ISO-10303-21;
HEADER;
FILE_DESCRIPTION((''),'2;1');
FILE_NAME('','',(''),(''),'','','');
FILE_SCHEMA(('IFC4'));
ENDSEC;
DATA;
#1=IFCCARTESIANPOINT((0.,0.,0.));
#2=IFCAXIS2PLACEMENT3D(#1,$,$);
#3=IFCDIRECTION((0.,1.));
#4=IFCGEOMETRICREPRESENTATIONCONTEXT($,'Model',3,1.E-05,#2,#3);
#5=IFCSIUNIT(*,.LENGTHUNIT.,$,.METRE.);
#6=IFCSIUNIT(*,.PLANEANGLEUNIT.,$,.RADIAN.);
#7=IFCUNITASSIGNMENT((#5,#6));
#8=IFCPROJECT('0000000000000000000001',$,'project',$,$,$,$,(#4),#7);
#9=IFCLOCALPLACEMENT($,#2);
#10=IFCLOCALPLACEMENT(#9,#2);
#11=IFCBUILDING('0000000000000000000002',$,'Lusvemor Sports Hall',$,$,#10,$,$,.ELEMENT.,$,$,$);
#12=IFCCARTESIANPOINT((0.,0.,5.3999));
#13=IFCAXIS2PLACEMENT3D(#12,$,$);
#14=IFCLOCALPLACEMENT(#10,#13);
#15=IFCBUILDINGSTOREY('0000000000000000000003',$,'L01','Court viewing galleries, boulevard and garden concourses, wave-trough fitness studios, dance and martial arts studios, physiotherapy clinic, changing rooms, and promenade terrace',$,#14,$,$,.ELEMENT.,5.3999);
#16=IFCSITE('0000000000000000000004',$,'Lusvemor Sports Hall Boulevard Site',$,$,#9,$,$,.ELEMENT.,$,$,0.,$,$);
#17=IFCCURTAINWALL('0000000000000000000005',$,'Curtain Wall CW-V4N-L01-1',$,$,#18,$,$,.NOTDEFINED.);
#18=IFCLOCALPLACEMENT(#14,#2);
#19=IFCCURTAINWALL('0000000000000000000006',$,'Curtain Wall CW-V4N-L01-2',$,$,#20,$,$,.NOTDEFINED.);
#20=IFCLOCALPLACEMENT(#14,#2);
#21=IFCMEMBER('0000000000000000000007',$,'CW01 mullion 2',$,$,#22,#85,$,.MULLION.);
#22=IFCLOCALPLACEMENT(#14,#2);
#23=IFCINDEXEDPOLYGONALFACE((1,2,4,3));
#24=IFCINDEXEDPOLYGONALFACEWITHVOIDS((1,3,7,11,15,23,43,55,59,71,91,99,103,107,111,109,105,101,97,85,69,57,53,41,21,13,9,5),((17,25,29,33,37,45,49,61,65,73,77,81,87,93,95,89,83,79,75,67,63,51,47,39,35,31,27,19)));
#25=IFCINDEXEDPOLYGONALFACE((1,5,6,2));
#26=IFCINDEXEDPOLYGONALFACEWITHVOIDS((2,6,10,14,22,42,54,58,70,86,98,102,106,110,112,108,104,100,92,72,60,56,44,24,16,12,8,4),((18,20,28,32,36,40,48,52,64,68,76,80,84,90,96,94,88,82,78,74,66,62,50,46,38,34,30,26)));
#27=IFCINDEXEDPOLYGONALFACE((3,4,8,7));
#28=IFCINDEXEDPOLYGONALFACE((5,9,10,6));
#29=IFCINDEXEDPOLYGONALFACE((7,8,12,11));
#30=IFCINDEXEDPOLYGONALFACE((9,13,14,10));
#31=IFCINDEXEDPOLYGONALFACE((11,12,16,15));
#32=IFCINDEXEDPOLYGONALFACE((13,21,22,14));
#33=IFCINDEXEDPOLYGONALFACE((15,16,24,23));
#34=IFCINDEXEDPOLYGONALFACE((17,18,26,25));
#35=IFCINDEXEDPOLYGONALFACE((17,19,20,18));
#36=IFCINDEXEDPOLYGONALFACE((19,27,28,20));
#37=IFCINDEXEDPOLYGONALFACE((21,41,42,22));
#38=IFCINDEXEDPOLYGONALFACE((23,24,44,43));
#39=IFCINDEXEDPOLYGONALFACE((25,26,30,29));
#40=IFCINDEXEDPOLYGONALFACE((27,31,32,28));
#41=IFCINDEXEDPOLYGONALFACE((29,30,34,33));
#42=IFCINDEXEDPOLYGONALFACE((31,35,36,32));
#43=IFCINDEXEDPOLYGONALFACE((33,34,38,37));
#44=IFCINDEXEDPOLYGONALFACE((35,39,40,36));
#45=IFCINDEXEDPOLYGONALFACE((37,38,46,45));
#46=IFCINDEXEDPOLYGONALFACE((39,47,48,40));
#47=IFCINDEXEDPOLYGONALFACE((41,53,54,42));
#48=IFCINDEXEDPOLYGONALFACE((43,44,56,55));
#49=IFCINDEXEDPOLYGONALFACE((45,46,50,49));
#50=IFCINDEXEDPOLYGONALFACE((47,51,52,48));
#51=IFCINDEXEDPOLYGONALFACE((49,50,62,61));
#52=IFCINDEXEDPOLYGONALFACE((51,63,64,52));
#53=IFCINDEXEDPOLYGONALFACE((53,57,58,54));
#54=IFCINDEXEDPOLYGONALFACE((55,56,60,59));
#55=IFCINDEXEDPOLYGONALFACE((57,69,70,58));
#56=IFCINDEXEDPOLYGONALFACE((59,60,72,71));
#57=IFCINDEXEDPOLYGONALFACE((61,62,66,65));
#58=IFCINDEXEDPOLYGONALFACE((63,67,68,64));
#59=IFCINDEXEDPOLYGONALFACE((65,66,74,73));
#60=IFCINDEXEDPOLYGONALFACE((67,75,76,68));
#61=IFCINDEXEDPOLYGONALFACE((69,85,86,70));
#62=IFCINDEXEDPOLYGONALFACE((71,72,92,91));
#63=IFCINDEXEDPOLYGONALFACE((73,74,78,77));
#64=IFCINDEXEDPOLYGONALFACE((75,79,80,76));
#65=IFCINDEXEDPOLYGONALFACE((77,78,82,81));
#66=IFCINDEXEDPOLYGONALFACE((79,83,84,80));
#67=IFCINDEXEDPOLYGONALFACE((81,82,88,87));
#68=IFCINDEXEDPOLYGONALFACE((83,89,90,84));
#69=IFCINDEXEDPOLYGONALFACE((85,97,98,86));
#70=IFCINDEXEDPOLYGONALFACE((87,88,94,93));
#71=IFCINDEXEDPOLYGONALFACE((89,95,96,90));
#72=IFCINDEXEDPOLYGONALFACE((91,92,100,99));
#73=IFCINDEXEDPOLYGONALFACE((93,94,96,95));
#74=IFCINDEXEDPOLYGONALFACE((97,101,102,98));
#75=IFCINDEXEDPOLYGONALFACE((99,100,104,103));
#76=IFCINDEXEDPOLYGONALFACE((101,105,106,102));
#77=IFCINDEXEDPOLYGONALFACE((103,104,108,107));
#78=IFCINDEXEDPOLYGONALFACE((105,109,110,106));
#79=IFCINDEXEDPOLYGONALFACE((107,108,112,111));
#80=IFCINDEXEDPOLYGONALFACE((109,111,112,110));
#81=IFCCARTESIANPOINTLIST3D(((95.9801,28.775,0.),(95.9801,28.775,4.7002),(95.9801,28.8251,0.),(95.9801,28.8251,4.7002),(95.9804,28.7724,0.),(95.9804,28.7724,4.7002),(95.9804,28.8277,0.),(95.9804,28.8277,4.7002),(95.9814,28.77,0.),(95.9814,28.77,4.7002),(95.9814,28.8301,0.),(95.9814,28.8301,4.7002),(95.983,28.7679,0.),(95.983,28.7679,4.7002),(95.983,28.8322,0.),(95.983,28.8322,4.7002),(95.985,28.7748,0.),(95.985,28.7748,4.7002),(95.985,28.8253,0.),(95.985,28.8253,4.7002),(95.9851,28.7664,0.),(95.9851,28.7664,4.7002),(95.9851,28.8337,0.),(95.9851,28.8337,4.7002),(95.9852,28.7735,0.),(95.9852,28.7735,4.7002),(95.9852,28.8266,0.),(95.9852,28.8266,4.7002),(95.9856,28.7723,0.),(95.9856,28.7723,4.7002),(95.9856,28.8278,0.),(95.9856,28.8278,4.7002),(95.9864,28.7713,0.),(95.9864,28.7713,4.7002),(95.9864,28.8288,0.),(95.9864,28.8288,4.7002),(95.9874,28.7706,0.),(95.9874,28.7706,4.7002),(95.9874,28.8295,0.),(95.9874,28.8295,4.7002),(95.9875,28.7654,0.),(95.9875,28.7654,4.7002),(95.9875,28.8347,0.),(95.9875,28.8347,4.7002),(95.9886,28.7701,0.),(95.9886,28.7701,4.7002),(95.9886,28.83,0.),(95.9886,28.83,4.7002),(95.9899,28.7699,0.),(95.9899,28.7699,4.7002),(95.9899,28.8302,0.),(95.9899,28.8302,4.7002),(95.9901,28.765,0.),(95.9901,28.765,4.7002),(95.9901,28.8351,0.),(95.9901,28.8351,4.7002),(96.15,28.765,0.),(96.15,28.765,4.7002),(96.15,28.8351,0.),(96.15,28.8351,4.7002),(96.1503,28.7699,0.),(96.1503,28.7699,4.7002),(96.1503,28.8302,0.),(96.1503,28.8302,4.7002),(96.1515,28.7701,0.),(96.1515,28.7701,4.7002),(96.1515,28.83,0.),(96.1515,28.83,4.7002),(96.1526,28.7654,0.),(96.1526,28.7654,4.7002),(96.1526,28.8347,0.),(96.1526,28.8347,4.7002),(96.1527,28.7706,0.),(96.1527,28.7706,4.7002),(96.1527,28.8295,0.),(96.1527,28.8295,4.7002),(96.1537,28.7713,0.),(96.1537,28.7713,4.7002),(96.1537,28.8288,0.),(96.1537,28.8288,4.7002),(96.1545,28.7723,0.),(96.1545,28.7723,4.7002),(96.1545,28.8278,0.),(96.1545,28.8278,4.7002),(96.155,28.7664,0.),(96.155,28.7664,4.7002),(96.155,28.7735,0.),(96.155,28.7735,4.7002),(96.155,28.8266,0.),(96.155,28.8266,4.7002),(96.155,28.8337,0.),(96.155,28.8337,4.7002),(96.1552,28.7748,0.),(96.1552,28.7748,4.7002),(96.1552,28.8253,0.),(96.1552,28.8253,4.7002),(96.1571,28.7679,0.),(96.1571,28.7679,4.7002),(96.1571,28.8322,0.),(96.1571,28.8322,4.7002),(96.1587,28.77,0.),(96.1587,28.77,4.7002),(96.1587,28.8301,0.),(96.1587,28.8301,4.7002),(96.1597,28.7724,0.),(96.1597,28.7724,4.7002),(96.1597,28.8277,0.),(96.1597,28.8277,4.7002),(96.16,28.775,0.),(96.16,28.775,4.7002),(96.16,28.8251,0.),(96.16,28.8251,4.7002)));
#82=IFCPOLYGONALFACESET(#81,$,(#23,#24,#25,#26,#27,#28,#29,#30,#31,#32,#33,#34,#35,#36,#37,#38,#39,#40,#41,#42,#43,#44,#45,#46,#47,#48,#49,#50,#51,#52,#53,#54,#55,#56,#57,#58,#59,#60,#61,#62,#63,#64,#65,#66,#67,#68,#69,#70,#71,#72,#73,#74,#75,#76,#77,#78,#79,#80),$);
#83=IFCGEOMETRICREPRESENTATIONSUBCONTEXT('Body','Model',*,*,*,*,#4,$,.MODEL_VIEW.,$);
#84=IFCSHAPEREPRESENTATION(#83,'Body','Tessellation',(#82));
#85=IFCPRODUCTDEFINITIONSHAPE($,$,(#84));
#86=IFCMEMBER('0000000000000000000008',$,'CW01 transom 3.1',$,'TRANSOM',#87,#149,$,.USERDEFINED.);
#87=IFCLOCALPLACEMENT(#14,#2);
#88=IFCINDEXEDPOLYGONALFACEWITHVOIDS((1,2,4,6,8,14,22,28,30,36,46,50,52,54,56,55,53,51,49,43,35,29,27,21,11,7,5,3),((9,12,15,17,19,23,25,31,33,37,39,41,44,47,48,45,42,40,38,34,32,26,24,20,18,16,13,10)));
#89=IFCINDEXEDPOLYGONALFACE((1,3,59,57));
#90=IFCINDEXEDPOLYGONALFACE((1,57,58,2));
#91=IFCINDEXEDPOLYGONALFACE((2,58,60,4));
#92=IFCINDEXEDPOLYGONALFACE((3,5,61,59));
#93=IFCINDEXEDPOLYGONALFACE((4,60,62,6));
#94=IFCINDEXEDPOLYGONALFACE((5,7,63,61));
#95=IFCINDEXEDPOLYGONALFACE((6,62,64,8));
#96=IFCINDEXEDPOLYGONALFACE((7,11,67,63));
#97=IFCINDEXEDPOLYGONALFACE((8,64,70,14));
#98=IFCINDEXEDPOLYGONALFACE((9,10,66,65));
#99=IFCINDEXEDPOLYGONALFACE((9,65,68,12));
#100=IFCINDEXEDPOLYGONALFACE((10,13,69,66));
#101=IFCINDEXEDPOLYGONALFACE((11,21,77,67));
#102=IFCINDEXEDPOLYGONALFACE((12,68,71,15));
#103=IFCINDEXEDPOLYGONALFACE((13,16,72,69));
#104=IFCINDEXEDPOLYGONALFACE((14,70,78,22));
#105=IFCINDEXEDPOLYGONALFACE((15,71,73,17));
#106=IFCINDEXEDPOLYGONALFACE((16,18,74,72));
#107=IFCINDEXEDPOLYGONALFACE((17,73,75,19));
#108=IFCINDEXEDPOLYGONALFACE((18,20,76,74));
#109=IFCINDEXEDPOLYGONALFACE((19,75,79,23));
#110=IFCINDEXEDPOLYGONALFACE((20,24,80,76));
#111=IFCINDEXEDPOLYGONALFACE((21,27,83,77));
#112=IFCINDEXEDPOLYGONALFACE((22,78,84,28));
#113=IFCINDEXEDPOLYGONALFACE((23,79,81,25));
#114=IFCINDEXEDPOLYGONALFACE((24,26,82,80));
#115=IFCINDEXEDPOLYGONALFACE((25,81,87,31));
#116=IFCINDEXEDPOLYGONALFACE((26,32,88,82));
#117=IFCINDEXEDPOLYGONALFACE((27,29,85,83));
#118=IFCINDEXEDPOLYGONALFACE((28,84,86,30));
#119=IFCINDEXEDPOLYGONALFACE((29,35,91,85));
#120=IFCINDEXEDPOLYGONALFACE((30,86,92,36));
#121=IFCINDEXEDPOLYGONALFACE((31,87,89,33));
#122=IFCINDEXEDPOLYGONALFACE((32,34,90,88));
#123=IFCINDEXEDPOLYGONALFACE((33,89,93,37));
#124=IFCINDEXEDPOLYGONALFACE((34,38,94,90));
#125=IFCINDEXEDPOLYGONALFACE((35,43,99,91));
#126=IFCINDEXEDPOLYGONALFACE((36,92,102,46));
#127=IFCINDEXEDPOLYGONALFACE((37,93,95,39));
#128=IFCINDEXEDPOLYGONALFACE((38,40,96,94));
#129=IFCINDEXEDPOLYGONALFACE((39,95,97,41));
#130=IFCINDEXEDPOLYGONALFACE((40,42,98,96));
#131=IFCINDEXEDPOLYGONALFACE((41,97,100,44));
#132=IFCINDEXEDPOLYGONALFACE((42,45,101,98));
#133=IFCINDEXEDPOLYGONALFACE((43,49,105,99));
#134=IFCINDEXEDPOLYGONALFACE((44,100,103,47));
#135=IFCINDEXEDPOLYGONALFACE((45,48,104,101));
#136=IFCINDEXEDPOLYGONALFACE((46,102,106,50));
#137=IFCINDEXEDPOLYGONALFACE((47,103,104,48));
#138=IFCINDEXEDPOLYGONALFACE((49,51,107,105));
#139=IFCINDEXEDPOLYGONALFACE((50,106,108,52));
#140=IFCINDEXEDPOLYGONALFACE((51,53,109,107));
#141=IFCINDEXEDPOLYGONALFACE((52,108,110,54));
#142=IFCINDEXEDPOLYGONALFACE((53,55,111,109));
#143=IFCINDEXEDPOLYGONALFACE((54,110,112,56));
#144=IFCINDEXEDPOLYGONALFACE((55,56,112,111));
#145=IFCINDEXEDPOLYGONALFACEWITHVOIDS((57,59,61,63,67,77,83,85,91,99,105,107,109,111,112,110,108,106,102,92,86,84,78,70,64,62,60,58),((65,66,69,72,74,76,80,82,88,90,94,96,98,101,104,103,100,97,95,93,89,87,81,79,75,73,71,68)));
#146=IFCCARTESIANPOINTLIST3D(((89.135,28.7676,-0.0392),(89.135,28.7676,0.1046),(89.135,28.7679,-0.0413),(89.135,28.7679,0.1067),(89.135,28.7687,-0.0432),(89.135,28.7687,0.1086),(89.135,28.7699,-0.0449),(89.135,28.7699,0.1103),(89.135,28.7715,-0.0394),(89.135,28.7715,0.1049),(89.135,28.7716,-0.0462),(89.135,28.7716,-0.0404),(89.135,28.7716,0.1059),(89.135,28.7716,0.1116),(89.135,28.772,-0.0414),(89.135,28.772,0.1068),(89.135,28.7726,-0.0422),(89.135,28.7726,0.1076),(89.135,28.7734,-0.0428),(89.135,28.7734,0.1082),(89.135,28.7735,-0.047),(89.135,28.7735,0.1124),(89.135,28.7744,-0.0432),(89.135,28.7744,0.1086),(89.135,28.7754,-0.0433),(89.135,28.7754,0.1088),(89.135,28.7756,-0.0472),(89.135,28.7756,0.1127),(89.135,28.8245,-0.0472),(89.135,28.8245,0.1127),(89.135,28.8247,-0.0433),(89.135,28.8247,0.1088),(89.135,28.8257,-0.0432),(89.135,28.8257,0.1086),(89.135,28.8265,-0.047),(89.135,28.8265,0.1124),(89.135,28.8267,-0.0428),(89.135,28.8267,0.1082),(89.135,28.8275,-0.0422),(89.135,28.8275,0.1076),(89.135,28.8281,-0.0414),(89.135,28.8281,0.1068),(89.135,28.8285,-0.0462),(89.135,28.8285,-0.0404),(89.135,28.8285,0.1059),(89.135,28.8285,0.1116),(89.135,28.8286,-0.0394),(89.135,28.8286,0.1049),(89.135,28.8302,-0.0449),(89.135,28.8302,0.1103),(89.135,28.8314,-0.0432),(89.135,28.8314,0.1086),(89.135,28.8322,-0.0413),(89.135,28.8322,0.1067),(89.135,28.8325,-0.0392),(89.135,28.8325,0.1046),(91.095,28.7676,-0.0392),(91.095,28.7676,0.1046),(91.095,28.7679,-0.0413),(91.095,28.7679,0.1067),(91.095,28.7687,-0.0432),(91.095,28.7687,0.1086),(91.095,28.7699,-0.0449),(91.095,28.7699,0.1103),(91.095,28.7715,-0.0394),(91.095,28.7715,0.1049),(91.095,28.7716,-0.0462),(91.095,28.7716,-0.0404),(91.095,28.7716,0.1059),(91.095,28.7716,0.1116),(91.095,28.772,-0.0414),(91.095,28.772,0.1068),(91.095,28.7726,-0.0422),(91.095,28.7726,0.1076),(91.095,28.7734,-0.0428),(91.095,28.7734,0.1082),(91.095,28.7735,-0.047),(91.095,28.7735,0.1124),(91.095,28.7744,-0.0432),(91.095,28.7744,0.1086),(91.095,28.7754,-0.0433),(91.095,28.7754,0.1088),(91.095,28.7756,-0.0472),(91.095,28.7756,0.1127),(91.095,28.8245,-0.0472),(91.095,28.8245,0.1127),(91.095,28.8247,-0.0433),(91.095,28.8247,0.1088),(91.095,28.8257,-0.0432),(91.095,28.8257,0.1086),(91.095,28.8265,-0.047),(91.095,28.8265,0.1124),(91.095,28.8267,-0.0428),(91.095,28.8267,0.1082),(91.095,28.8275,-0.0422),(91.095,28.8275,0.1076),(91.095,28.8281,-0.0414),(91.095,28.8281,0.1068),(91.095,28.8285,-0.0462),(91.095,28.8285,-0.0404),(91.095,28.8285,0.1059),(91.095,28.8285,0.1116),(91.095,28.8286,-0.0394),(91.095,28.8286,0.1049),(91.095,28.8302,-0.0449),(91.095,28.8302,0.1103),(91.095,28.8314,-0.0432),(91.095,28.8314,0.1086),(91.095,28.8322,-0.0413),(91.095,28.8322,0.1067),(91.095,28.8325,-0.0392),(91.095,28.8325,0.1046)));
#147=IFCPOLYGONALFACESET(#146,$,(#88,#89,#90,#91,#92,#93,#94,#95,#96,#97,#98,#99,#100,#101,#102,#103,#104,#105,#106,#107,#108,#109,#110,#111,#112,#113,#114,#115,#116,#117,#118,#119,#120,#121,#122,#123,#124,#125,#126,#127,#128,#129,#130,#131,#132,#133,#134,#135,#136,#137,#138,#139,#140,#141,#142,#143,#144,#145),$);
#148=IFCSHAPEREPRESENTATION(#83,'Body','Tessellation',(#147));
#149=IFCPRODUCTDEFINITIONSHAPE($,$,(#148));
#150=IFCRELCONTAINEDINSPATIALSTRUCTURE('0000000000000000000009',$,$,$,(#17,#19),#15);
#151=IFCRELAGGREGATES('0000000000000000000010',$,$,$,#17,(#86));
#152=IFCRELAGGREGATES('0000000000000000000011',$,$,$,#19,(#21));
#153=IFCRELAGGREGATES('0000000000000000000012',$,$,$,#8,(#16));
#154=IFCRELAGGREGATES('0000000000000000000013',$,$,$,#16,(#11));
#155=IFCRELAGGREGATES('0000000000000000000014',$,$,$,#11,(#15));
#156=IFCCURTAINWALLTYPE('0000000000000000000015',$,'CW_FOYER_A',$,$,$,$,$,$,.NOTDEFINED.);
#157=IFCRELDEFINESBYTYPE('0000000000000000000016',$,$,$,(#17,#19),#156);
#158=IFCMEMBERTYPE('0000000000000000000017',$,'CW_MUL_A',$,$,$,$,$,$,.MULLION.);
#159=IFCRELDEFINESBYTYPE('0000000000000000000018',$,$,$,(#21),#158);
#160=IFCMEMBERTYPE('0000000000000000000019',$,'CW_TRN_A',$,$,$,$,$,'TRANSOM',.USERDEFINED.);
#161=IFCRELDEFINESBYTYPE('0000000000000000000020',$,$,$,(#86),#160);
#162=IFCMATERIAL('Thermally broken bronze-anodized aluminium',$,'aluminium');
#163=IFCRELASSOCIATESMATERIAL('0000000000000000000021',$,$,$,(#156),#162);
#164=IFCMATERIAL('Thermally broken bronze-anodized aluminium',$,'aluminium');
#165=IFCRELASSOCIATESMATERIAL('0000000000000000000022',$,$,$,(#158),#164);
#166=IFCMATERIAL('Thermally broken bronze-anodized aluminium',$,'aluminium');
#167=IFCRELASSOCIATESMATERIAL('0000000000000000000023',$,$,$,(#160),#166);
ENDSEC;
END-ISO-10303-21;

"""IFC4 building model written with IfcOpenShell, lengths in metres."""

from ifc_helpers import new_model, si_unit, direction, frame, origin, origin_2d, place, context, subcontext, project, spatial, hollow_rectangle, extrude, material, material_profile, profile_set, type_object, element, aggregate, save


model = new_model("IFC4")

# Units and contexts
model_context = context("Model", 3, precision=1e-05, world=origin(), true_north=direction((0.0, 1.0)))
body_context = subcontext(model_context, "Body", "Model", "MODEL_VIEW")
ifc_project = project(units=[si_unit("LENGTHUNIT", "METRE"), si_unit("PLANEANGLEUNIT", "RADIAN")], contexts=[model_context])

# Site, building, storey
site_placement = place(None, origin())
site = spatial("IfcSite", under=ifc_project, at=site_placement, Name="Lusvemor Sports Hall Boulevard Site", CompositionType="ELEMENT", RefElevation=0.0)
building_placement = place(site_placement, origin())
building = spatial("IfcBuilding", under=site, at=building_placement, Name="Lusvemor Sports Hall", CompositionType="ELEMENT")
storey_placement = place(building_placement, frame((0.0, 0.0, 5.3999)))
storey = spatial("IfcBuildingStorey", under=building, at=storey_placement, Name="L01", Description="Court viewing galleries, boulevard and garden concourses, wave-trough fitness studios, dance and martial arts studios, physiotherapy clinic, changing rooms, and promenade terrace", CompositionType="ELEMENT", Elevation=5.3999)

# Curtain walls, member
ifc_material_1 = material(Name="Thermally broken bronze-anodized aluminium", Category="aluminium")
curtain_wall_type = type_object("IfcCurtainWallType", Name="CW_FOYER_A", PredefinedType="NOTDEFINED", material=ifc_material_1)
curtain_wall_1_placement = place(storey_placement, origin())
curtain_wall_1 = element("IfcCurtainWall", 1, at=curtain_wall_1_placement, inside=storey, type_object=curtain_wall_type, Name="Curtain Wall CW-V4N-L01-1", PredefinedType="NOTDEFINED")
ifc_material_2 = material(Name="Thermally broken bronze-anodized aluminium", Category="aluminium")
ifc_material_profile_1 = material_profile(ifc_material_2, hollow_rectangle(XDim=0.0701, YDim=0.1799, WallThickness=0.0049, InnerFilletRadius=0.0049, OuterFilletRadius=0.01, at=origin_2d()), Name="CWMUL180x70x5")
ifc_profile_set_1 = profile_set([ifc_material_profile_1], Name="Thermally broken bronze-anodized aluminium")
member_type_1 = type_object("IfcMemberType", Name="CW_MUL_A", PredefinedType="MULLION", material=ifc_profile_set_1)
curtain_wall_2_placement = place(storey_placement, origin())
curtain_wall_2 = element("IfcCurtainWall", 2, at=curtain_wall_2_placement, inside=storey, type_object=curtain_wall_type, Name="Curtain Wall CW-V4N-L01-2", PredefinedType="NOTDEFINED")
member_1_placement = place(storey_placement, frame((96.0701, 28.8, 0.0), z_axis=(0.0, 0.0, 1.0), x_axis=(0.0, 1.0, 0.0)))
member_1 = element("IfcMember", 3, at=member_1_placement, type_object=member_type_1, Name="CW01 mullion 2", PredefinedType="MULLION", context=body_context, shape_type="SweptSolid", body=[
    extrude(hollow_rectangle(XDim=0.0701, YDim=0.1799, WallThickness=0.0049, InnerFilletRadius=0.0049, OuterFilletRadius=0.01, at=origin_2d()), origin(), (0.0, 0.0, 1.0), 4.7002),
])

# Member
ifc_material_3 = material(Name="Thermally broken bronze-anodized aluminium", Category="aluminium")
ifc_material_profile_2 = material_profile(ifc_material_3, hollow_rectangle(XDim=0.0649, YDim=0.1599, WallThickness=0.0039, InnerFilletRadius=0.0039, OuterFilletRadius=0.0081, at=origin_2d()), Name="CWTRN160x65x4")
ifc_profile_set_2 = profile_set([ifc_material_profile_2], Name="Thermally broken bronze-anodized aluminium")
member_type_2 = type_object("IfcMemberType", Name="CW_TRN_A", ElementType="TRANSOM", PredefinedType="USERDEFINED", material=ifc_profile_set_2)
member_2_placement = place(storey_placement, frame((89.135, 28.8, 0.0327), z_axis=(1.0, 0.0, 0.0), x_axis=(0.0, 1.0, 0.0)))
member_2 = element("IfcMember", 4, at=member_2_placement, type_object=member_type_2, Name="CW01 transom 3.1", ObjectType="TRANSOM", PredefinedType="USERDEFINED", context=body_context, shape_type="SweptSolid", body=[
    extrude(hollow_rectangle(XDim=0.0649, YDim=0.1599, WallThickness=0.0039, InnerFilletRadius=0.0039, OuterFilletRadius=0.0081, at=origin_2d()), origin(), (0.0, 0.0, 1.0), 1.96),
])

aggregate(curtain_wall_1, [member_2])
aggregate(curtain_wall_2, [member_1])

save(model, "model.ifc")
